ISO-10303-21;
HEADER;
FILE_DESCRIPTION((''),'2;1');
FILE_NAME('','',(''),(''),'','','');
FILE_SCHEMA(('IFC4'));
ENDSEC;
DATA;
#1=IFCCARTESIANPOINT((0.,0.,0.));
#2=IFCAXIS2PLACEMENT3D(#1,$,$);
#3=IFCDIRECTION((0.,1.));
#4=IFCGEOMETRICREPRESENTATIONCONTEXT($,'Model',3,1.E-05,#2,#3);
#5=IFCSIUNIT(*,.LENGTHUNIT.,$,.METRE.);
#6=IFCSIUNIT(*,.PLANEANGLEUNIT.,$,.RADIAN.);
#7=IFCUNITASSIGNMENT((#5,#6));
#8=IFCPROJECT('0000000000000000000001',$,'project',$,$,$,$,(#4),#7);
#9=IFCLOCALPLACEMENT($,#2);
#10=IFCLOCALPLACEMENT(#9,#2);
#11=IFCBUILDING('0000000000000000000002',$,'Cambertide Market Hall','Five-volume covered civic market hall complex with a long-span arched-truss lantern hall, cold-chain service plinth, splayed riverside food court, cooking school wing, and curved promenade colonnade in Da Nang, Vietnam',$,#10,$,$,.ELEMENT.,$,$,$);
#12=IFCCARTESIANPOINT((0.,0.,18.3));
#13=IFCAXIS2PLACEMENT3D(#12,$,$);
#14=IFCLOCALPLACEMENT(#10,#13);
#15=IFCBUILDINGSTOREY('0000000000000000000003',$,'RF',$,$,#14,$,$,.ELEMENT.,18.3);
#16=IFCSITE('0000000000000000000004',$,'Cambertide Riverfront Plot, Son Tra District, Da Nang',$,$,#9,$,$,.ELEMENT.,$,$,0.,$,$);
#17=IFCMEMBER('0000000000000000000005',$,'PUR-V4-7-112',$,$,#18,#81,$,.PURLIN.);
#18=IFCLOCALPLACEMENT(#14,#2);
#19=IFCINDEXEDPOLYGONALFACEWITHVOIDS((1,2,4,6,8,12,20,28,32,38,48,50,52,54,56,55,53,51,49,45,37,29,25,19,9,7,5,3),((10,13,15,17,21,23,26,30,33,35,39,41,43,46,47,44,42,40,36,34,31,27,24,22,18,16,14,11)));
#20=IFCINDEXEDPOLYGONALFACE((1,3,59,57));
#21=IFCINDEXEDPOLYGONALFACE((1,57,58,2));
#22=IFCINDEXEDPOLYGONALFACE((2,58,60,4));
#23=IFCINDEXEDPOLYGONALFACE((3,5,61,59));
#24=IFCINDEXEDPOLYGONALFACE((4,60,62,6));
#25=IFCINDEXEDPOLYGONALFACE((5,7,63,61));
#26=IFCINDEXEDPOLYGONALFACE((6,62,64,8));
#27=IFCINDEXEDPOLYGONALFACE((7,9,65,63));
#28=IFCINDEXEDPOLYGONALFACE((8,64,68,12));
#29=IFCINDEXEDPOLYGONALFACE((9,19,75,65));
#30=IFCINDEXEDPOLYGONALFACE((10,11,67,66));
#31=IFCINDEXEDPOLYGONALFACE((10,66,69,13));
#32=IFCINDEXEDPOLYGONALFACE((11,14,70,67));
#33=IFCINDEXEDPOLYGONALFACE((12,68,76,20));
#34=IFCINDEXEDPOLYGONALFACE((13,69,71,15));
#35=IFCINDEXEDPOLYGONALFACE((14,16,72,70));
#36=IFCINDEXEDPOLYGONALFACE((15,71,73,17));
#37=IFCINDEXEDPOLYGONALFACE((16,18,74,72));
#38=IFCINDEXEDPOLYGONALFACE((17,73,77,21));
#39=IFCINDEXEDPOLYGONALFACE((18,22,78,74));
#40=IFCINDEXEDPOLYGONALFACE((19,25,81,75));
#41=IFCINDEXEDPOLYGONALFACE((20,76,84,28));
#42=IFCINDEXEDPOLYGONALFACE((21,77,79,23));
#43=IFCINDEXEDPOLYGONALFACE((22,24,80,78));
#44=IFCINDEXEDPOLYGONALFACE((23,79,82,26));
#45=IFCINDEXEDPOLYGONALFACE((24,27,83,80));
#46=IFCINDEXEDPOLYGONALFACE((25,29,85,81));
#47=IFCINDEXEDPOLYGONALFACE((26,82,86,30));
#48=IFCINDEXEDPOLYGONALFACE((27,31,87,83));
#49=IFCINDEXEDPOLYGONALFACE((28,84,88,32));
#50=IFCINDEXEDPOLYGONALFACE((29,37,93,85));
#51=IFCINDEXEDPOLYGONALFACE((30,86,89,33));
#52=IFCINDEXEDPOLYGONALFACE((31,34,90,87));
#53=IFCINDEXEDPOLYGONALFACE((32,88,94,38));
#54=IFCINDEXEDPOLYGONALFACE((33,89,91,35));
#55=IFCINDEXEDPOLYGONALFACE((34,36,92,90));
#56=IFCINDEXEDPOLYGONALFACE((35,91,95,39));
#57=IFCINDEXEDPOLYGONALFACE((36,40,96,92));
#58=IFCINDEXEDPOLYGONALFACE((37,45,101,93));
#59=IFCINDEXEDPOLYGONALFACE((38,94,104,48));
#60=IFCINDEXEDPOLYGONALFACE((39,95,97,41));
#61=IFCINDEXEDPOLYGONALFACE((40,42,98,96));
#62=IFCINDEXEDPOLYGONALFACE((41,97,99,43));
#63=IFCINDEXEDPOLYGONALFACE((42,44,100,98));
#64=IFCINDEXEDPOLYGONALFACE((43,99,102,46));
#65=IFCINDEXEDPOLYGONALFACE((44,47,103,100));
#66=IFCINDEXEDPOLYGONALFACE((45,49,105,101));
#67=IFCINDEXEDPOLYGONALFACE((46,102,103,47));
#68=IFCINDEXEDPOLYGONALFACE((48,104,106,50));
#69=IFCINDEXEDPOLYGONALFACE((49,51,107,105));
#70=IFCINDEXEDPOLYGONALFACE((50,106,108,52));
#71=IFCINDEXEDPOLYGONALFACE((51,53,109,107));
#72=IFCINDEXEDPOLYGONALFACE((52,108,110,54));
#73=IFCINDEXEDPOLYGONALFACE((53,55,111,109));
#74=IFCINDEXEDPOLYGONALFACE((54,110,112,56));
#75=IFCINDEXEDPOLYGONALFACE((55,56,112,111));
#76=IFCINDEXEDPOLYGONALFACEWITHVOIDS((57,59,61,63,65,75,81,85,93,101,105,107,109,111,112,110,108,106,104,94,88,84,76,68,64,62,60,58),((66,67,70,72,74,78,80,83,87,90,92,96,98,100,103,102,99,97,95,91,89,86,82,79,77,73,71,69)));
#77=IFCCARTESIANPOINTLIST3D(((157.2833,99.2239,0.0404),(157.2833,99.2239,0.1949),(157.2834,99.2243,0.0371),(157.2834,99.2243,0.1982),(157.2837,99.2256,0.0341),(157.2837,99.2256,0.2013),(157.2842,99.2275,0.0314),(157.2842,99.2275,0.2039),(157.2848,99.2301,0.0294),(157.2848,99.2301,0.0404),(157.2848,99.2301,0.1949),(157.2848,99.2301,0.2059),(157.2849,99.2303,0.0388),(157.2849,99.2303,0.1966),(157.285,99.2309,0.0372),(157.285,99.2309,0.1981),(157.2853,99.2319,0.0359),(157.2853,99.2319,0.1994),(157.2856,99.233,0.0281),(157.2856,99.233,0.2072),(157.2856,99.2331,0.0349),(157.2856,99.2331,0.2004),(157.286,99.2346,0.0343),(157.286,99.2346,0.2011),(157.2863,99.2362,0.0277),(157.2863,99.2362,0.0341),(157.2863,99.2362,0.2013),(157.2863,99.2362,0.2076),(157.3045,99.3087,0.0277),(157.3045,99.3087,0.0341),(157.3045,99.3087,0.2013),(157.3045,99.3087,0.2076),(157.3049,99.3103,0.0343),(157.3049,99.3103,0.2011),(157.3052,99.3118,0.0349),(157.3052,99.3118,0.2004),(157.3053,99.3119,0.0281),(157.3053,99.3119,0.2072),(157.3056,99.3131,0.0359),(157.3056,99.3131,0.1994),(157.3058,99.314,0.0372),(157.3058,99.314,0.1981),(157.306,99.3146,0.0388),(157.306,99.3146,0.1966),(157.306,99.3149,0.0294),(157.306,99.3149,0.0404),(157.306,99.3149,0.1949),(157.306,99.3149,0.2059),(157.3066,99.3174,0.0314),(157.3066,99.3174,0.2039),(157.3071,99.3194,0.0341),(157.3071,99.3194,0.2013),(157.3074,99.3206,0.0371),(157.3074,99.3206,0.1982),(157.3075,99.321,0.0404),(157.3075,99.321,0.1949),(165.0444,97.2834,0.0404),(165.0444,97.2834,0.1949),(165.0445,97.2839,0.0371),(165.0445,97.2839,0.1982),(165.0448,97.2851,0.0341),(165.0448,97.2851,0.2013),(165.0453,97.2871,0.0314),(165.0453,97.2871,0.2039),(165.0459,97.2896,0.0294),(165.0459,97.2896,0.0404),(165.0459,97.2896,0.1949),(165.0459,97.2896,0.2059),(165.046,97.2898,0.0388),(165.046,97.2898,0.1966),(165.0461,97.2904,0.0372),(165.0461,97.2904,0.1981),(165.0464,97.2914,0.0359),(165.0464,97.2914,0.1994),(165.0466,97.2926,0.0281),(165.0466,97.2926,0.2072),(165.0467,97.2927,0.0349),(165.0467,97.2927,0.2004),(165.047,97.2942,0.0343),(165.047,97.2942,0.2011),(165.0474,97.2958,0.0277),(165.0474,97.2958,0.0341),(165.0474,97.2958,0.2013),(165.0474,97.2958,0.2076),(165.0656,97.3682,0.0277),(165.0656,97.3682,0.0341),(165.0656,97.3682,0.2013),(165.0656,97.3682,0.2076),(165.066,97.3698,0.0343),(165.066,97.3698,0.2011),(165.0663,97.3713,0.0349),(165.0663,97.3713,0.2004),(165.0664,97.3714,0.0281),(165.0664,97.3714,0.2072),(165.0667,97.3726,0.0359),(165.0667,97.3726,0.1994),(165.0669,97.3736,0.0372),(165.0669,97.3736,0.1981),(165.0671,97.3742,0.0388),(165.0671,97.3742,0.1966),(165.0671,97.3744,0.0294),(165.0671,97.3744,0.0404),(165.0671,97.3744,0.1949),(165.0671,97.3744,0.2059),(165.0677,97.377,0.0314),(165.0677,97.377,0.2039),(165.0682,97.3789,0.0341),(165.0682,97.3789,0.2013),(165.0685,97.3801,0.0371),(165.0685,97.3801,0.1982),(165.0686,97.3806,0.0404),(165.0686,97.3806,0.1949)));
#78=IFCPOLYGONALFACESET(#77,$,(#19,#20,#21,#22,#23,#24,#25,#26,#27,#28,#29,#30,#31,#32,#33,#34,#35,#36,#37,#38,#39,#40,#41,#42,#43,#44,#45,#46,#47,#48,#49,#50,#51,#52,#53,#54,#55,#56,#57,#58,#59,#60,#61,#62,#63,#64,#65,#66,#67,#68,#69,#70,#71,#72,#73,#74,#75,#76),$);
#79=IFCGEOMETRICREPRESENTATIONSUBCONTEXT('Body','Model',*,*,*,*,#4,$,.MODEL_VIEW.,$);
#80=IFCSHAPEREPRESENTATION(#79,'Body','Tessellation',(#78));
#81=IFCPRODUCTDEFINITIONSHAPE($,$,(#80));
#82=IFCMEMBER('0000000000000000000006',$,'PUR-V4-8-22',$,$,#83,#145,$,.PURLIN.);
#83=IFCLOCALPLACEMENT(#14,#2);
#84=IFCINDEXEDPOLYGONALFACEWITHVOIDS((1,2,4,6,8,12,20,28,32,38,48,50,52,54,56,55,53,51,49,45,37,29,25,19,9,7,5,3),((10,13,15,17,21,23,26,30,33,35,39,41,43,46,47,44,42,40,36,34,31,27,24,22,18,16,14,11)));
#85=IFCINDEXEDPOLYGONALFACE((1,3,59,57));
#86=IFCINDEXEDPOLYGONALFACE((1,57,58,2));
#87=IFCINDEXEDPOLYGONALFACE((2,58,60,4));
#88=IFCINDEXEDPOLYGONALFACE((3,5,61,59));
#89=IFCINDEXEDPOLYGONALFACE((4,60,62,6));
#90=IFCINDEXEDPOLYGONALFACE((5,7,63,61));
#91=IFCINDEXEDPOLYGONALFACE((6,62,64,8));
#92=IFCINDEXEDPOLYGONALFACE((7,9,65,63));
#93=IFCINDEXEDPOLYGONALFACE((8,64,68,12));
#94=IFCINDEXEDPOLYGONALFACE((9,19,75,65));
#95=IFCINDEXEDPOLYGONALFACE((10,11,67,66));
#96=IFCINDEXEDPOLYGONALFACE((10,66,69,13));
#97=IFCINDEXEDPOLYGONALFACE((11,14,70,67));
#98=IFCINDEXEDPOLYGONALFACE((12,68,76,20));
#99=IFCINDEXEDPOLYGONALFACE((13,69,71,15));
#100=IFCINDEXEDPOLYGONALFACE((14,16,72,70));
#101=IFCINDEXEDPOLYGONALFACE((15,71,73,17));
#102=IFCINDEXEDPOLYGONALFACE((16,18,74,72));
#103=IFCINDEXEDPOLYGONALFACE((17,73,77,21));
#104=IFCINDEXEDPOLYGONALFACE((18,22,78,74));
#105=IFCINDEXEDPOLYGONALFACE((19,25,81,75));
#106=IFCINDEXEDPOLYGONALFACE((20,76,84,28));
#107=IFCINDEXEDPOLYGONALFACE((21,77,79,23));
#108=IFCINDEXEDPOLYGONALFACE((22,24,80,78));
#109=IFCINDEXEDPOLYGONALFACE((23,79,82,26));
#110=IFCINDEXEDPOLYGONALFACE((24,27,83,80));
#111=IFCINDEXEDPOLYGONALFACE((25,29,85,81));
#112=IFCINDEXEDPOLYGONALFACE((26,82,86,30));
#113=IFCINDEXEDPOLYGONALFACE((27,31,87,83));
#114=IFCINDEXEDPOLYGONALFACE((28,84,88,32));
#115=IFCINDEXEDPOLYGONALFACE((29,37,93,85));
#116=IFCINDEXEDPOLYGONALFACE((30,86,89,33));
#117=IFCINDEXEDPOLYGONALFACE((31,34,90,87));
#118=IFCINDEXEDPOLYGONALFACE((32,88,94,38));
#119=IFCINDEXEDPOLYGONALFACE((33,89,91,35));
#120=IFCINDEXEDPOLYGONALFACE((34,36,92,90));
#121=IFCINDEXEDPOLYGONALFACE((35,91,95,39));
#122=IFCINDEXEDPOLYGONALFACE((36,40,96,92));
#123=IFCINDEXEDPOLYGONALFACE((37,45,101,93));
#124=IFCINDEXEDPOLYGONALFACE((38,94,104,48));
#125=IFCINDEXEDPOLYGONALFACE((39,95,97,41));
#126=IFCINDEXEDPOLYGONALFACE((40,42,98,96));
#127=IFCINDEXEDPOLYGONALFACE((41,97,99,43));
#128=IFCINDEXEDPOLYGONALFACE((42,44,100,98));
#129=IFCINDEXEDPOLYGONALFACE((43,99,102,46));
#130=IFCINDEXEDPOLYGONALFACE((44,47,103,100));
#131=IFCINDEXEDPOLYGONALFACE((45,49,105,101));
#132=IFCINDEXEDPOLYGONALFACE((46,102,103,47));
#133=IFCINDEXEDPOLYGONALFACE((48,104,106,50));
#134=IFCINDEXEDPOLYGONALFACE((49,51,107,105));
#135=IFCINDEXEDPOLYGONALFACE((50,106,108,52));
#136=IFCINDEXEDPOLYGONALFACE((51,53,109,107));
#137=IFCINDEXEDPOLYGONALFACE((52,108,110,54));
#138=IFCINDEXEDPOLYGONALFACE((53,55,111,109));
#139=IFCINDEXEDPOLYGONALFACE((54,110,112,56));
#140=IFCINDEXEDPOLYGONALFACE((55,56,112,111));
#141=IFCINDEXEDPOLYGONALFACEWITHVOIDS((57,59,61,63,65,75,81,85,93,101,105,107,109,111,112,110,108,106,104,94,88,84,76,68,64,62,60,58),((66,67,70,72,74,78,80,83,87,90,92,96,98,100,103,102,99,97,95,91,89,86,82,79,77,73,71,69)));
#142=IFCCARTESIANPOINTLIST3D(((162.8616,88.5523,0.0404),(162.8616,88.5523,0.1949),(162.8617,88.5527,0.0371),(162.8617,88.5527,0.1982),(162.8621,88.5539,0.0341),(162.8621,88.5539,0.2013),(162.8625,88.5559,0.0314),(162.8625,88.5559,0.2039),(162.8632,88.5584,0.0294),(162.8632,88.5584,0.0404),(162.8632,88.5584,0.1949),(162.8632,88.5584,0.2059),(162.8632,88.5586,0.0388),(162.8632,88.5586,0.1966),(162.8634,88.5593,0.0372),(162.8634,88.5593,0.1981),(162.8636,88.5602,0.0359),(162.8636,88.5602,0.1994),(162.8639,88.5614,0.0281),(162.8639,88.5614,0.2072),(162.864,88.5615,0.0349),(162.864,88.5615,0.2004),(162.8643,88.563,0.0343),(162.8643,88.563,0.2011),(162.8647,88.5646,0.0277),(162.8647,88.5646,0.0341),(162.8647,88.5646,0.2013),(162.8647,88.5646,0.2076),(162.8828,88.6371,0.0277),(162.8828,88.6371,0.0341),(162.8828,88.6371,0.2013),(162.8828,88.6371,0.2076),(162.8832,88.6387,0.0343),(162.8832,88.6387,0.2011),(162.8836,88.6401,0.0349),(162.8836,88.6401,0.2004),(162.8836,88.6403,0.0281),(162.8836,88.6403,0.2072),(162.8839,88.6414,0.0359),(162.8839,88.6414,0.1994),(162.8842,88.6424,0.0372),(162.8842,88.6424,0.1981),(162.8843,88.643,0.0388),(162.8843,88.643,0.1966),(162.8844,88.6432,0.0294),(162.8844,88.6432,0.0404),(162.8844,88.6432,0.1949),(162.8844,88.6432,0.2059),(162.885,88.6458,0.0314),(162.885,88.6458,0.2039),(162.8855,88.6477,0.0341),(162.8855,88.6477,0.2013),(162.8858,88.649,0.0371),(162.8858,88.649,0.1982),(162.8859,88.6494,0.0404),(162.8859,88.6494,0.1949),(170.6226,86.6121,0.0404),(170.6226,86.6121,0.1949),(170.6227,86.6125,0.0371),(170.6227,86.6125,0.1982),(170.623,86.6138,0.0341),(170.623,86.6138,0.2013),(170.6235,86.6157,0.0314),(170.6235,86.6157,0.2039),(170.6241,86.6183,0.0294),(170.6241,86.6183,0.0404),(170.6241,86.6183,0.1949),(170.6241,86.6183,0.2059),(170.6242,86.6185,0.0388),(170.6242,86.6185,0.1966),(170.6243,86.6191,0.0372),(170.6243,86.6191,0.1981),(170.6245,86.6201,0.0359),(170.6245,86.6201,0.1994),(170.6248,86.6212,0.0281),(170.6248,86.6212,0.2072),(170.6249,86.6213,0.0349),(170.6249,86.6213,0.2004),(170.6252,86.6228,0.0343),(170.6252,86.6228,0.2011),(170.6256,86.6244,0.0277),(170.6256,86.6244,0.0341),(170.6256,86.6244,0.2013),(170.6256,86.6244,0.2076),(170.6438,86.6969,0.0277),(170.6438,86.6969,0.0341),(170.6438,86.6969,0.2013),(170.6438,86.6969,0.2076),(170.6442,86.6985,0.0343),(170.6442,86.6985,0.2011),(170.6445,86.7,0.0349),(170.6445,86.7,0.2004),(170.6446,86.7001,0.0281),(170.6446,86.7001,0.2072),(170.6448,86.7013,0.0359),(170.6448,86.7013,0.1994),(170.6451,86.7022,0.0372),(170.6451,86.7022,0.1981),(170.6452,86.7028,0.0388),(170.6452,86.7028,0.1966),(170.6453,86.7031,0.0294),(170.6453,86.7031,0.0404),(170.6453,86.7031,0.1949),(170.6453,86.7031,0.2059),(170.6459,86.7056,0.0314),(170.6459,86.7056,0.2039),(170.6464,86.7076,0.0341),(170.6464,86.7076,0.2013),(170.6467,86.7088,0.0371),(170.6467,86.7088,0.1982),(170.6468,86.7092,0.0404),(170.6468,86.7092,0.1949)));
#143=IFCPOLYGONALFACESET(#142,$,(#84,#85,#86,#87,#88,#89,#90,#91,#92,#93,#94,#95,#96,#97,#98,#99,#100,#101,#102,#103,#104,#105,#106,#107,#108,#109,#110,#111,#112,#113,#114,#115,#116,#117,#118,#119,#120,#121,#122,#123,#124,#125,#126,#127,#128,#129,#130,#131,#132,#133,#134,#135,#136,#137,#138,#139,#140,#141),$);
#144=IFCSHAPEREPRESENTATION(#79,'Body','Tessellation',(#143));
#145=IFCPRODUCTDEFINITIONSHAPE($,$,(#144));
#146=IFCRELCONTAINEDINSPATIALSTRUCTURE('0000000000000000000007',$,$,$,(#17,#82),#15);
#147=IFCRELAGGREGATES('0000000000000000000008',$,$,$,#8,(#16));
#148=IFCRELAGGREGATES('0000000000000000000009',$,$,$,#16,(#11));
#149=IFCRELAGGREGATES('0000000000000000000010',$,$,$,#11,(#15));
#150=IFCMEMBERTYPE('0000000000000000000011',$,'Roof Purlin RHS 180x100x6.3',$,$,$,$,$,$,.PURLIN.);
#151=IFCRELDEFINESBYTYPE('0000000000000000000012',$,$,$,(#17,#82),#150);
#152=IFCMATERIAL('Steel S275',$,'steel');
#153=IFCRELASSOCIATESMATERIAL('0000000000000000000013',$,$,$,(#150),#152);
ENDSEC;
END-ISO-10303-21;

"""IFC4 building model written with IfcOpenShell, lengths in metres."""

from ifc_helpers import new_model, si_unit, direction, frame, origin, origin_2d, place, context, subcontext, project, spatial, hollow_rectangle, extrude, material, material_profile, profile_set, type_object, element, save


model = new_model("IFC4")

# Units and contexts
model_context = context("Model", 3, precision=1e-05, world=origin(), true_north=direction((0.0, 1.0)))
body_context = subcontext(model_context, "Body", "Model", "MODEL_VIEW")
ifc_project = project(units=[si_unit("LENGTHUNIT", "METRE"), si_unit("PLANEANGLEUNIT", "RADIAN")], contexts=[model_context])

# Site, building, storey
site_placement = place(None, origin())
site = spatial("IfcSite", under=ifc_project, at=site_placement, Name="Cambertide Riverfront Plot, Son Tra District, Da Nang", CompositionType="ELEMENT", RefElevation=0.0)
building_placement = place(site_placement, origin())
building = spatial("IfcBuilding", under=site, at=building_placement, Name="Cambertide Market Hall", Description="Five-volume covered civic market hall complex with a long-span arched-truss lantern hall, cold-chain service plinth, splayed riverside food court, cooking school wing, and curved promenade colonnade in Da Nang, Vietnam", CompositionType="ELEMENT")
storey_placement = place(building_placement, frame((0.0, 0.0, 18.3)))
storey = spatial("IfcBuildingStorey", under=building, at=storey_placement, Name="RF", CompositionType="ELEMENT", Elevation=18.3)

# Members
ifc_material_1 = material(Name="Steel S275", Category="steel")
ifc_material_profile_1 = material_profile(ifc_material_1, hollow_rectangle(XDim=0.1001, YDim=0.1799, WallThickness=0.0063, InnerFilletRadius=0.0063, OuterFilletRadius=0.0127, at=origin_2d()), Name="RHS 180x100x6.3")
ifc_profile_set_1 = profile_set([ifc_material_profile_1], Name="Steel S275")
member_type_1 = type_object("IfcMemberType", Name="Roof Purlin RHS 180x100x6.3", PredefinedType="PURLIN", material=ifc_profile_set_1)
for number, where, z_axis, x_axis, name in (
    (1, (157.2954, 99.2725, 0.1177), (0.970137, -0.242557, 0.0), (0.242557, 0.970137, 0.0), "PUR-V4-7-112"),
):
    element("IfcMember", number, at=place(storey_placement, frame(where, z_axis=z_axis, x_axis=x_axis)), inside=storey, type_object=member_type_1, Name=name, PredefinedType="PURLIN", context=body_context, shape_type="SweptSolid", body=[
        extrude(hollow_rectangle(XDim=0.1001, YDim=0.1799, WallThickness=0.0063, InnerFilletRadius=0.0063, OuterFilletRadius=0.0127, at=origin_2d()), origin(), (0.0, 0.0, 1.0), 8.0),
    ])
member_1_placement = place(storey_placement, frame((162.8738, 88.6008, 0.1177), z_axis=(0.970144, -0.242528, 0.0), x_axis=(0.242528, 0.970144, 0.0)))
element("IfcMember", 2, at=member_1_placement, inside=storey, type_object=member_type_1, Name="PUR-V4-8-22", PredefinedType="PURLIN", context=body_context, shape_type="SweptSolid", body=[
    extrude(hollow_rectangle(XDim=0.1001, YDim=0.1799, WallThickness=0.0063, InnerFilletRadius=0.0063, OuterFilletRadius=0.0127, at=origin_2d()), origin(), (0.0, 0.0, 1.0), 7.9998),
])

save(model, "model.ifc")
